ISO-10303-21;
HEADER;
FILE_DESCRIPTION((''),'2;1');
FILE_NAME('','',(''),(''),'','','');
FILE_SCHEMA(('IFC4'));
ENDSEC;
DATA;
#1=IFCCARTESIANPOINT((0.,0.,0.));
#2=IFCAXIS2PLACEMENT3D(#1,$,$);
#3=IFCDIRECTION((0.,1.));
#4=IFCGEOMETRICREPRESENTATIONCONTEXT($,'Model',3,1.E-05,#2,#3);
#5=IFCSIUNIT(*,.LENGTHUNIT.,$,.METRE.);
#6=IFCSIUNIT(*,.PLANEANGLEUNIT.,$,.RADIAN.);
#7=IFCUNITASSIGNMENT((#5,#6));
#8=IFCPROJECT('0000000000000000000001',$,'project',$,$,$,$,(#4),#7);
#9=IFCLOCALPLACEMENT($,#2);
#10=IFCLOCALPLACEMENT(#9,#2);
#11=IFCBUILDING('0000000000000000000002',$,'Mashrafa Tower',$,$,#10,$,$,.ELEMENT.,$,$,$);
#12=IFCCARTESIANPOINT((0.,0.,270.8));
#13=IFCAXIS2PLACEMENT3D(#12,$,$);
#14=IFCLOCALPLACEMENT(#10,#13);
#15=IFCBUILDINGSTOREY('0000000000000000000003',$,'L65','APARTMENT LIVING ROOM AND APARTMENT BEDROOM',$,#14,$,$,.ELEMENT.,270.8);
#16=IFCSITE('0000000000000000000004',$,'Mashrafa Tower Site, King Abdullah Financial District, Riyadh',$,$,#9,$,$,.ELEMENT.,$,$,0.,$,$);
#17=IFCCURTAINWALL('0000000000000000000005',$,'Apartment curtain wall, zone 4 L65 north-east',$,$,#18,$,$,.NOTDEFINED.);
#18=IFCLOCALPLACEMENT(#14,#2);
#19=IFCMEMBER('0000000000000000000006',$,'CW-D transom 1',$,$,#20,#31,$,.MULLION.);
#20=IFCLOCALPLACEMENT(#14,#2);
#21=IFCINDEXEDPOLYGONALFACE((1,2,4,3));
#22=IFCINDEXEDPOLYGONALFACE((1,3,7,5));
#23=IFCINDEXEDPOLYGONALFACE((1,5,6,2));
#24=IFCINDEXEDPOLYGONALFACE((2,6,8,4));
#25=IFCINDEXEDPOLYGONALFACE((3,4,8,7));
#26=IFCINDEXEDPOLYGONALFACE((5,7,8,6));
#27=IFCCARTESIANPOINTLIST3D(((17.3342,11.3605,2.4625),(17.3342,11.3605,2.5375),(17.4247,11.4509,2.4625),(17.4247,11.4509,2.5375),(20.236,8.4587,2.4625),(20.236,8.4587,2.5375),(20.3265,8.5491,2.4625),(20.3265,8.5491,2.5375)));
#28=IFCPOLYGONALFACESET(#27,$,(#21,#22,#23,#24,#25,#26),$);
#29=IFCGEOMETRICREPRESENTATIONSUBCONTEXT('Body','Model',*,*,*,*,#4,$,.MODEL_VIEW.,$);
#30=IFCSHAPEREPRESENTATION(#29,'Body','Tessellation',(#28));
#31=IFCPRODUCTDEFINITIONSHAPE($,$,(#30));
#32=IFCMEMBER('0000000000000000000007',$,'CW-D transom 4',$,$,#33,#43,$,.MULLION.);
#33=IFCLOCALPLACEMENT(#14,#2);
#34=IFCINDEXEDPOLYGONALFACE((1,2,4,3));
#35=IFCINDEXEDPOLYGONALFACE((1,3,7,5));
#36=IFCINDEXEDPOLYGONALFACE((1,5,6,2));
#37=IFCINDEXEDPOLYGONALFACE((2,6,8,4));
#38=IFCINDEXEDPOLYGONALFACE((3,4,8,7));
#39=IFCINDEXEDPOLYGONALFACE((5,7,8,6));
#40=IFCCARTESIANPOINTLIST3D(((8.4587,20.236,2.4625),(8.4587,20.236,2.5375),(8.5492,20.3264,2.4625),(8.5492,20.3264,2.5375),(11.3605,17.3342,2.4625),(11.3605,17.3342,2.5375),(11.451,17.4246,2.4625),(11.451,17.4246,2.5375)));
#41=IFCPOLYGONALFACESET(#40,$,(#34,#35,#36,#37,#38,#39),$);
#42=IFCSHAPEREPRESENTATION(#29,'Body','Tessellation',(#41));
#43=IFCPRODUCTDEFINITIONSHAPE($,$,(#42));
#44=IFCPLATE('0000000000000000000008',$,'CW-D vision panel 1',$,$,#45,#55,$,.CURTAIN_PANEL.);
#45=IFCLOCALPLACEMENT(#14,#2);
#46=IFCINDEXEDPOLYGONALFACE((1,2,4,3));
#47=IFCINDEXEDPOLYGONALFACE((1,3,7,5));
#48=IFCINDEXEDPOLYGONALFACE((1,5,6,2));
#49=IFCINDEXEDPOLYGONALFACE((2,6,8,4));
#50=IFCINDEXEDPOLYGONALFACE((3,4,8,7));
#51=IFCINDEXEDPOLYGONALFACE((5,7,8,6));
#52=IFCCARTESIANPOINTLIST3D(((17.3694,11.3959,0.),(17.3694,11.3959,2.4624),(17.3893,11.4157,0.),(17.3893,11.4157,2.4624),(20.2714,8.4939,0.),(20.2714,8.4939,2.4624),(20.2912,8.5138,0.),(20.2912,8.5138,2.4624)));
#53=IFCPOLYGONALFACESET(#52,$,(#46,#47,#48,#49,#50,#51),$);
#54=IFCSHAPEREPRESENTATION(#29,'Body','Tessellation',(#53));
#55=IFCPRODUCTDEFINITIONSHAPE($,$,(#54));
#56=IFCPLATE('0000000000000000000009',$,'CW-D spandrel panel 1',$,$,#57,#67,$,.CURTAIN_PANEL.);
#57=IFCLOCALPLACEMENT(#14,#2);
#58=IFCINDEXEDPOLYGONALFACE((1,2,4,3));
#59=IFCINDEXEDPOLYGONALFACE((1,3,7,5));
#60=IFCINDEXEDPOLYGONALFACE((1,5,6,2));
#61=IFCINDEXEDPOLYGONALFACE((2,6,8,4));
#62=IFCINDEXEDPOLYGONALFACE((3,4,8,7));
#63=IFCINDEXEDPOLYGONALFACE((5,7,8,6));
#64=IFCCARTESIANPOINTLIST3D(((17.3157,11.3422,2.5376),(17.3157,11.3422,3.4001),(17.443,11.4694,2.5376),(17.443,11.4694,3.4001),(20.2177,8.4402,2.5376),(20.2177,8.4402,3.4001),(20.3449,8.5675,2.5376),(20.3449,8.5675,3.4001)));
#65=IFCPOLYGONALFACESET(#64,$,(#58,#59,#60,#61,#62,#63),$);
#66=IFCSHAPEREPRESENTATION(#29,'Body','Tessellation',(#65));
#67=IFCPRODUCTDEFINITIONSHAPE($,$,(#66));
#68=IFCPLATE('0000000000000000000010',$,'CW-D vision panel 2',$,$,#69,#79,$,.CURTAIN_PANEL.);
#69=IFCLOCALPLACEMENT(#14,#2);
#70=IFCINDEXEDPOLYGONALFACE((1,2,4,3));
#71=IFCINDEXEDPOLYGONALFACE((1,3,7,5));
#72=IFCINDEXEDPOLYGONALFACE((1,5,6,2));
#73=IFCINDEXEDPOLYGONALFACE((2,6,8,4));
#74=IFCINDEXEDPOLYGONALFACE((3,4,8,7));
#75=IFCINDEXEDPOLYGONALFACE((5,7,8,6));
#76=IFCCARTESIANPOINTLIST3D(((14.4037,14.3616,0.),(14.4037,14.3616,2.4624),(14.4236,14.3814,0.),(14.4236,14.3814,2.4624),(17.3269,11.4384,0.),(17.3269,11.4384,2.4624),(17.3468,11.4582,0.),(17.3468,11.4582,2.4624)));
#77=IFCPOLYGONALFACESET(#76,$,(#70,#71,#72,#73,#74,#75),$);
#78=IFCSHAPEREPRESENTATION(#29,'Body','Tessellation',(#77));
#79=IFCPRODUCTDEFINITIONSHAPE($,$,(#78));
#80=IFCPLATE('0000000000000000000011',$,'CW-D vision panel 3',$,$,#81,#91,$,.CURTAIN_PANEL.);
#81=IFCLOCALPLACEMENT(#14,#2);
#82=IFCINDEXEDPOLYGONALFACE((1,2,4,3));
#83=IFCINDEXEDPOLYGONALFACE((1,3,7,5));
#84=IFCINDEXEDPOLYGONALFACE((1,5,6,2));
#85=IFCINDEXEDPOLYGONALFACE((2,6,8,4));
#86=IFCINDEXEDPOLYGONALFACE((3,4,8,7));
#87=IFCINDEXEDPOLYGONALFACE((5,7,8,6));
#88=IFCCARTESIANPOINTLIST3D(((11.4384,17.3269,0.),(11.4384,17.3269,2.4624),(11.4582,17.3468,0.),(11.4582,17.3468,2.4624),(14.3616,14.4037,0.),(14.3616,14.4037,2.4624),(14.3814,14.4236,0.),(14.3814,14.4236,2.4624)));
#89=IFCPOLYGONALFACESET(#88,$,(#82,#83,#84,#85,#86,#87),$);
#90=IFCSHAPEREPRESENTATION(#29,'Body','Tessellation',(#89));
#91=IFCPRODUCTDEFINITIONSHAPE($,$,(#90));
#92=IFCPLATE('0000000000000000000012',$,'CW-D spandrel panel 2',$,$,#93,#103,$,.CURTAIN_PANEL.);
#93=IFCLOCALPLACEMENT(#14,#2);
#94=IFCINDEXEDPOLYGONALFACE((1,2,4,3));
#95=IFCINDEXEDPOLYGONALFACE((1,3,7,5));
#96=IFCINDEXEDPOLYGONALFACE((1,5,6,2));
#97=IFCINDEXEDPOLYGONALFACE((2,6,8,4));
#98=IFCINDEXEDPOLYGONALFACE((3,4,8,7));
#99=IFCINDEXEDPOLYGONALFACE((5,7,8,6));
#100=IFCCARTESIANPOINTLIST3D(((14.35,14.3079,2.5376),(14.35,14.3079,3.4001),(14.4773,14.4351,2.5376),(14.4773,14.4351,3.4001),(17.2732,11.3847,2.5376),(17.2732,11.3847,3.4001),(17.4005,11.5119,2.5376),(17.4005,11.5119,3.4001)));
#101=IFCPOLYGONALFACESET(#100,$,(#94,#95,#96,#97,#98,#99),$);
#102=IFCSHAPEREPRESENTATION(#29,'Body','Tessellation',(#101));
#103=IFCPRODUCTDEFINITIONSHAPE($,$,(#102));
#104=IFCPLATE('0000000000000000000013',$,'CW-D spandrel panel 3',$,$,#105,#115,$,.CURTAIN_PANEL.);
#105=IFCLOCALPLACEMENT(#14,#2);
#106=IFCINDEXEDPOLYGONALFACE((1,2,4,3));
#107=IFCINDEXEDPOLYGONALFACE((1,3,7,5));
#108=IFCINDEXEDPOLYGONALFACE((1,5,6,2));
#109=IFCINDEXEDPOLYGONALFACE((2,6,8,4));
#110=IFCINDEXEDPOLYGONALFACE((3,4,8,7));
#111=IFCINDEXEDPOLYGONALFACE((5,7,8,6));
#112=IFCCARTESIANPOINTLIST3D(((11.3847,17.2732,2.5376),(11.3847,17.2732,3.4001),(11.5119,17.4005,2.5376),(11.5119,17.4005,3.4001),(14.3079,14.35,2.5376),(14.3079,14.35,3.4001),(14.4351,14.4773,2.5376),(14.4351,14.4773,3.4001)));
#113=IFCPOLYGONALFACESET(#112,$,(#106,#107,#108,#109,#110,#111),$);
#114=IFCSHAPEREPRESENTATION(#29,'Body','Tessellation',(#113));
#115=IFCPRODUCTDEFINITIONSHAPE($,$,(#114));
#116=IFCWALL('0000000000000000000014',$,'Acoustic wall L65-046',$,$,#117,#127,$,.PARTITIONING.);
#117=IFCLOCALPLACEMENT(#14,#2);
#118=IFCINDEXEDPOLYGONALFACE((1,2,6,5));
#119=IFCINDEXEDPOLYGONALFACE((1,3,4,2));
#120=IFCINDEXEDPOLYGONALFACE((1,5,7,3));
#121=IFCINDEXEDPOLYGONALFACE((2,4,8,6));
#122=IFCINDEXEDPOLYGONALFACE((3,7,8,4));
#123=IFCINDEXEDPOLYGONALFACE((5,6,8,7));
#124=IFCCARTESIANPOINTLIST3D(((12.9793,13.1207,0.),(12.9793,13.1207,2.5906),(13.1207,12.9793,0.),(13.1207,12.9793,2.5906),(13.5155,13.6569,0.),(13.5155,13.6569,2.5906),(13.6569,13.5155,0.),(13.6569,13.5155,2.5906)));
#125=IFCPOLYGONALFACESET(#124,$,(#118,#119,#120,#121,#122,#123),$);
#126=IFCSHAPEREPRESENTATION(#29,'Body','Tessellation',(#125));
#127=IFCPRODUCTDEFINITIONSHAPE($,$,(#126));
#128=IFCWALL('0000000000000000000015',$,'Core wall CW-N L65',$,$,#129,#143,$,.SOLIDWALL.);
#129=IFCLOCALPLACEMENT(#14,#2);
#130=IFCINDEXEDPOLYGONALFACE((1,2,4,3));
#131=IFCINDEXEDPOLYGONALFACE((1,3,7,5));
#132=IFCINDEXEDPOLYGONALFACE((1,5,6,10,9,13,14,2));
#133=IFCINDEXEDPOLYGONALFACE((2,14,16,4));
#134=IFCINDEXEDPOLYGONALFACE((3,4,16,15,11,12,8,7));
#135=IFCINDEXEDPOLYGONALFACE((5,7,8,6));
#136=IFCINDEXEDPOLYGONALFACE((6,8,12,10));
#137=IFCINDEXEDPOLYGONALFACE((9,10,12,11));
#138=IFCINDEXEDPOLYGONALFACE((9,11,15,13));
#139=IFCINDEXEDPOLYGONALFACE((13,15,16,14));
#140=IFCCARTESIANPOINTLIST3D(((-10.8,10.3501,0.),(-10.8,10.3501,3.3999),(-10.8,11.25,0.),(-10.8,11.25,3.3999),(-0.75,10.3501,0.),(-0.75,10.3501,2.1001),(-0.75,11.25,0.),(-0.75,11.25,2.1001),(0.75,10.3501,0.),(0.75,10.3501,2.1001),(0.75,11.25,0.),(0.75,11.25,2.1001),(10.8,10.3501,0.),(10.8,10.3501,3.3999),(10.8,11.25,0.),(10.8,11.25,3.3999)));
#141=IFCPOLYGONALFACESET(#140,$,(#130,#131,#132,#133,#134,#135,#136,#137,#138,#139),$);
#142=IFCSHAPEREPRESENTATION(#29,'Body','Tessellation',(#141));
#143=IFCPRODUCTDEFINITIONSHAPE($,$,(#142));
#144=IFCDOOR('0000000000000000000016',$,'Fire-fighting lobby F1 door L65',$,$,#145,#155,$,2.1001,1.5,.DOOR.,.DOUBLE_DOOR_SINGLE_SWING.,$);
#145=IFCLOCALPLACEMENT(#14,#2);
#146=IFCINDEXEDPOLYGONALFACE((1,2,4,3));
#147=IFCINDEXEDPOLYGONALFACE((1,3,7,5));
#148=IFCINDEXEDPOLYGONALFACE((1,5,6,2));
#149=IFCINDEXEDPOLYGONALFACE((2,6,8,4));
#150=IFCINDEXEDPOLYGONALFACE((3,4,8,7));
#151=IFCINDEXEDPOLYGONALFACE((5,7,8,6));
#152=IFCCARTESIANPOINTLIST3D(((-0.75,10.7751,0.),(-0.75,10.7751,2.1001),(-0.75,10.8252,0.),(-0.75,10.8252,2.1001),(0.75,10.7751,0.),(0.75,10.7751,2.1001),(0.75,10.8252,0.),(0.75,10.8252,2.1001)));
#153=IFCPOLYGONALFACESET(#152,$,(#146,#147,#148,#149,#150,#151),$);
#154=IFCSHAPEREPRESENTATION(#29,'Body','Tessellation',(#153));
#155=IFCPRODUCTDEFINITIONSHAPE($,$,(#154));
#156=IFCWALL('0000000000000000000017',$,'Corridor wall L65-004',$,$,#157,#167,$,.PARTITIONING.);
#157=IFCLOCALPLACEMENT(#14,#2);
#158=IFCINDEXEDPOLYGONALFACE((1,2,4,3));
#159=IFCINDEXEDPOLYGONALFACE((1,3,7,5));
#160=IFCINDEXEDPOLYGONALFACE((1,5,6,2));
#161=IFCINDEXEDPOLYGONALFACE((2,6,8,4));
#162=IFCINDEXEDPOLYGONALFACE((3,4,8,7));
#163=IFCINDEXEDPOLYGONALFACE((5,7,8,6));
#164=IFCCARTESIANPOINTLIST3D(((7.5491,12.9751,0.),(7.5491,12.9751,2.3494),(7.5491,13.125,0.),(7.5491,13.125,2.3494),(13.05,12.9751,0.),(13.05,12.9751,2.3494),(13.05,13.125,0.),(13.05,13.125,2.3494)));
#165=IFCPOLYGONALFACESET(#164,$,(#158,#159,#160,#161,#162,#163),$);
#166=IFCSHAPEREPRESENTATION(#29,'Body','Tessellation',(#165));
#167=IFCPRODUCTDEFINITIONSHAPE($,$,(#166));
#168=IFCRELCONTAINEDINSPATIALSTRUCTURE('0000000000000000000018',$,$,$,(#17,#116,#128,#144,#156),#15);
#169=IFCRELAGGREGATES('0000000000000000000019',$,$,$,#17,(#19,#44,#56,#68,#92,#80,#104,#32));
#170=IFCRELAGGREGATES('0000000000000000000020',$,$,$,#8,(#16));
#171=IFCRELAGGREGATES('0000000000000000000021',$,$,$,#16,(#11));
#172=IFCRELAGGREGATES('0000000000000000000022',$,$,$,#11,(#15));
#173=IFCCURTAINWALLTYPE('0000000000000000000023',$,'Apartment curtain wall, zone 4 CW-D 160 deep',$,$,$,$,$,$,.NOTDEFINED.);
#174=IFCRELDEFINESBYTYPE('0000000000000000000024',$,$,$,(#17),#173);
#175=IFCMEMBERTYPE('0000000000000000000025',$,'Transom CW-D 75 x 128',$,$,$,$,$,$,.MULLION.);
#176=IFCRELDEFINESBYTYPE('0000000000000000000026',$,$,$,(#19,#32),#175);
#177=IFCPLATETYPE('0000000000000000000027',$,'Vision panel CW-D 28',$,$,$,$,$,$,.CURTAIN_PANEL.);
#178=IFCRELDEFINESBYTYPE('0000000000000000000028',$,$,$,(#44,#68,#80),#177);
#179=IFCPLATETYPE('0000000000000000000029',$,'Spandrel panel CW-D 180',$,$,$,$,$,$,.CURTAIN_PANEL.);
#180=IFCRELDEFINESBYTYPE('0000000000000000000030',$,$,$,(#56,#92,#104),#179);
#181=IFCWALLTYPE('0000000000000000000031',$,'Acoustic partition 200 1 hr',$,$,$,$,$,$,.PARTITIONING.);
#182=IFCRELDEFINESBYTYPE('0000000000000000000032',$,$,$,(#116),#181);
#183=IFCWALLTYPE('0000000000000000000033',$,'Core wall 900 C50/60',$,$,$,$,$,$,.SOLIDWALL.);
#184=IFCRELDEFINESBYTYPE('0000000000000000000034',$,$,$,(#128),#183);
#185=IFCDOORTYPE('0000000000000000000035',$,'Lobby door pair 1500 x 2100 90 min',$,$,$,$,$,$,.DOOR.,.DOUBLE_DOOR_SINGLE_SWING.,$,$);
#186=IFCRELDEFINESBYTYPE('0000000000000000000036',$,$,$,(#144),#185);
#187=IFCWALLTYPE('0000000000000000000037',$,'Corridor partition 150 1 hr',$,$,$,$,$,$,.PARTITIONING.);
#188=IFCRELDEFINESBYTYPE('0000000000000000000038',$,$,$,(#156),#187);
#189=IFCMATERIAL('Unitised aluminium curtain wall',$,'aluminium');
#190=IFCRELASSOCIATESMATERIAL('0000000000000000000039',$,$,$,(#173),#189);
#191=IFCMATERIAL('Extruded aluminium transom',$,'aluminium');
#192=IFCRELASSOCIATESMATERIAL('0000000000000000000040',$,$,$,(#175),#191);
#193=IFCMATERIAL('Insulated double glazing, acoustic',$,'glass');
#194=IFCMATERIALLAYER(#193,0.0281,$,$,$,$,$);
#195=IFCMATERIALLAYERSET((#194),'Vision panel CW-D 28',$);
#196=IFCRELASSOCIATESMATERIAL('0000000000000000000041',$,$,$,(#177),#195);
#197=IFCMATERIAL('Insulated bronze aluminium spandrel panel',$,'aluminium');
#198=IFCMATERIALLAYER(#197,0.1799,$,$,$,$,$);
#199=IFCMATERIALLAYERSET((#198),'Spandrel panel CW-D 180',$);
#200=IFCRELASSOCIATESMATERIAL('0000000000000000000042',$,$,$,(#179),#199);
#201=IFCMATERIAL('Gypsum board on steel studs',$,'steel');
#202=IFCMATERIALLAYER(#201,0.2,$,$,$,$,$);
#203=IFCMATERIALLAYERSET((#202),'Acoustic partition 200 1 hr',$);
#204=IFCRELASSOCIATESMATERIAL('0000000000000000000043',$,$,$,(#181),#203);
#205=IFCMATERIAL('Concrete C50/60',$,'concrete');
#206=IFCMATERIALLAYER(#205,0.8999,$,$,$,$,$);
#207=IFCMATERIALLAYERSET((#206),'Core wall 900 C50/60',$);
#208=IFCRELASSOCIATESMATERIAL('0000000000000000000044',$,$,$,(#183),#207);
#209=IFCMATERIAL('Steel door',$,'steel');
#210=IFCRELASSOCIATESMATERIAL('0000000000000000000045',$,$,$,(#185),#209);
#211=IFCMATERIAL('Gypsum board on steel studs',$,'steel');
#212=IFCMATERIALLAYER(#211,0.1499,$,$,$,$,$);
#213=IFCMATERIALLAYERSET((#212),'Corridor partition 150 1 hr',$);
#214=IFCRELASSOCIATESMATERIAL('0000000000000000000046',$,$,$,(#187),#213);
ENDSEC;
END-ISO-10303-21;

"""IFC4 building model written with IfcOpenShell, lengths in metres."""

from ifc_helpers import new_model, si_unit, direction, frame, frame_2d, origin, origin_2d, place, context, subcontext, project, spatial, rectangle, extrude, source, transform, mapped, material, layer, layer_set, material_profile, profile_set, type_object, type_shapes, element, fill, aggregate, save


model = new_model("IFC4")

# Units and contexts
model_context = context("Model", 3, precision=1e-05, world=origin(), true_north=direction((0.0, 1.0)))
body_context = subcontext(model_context, "Body", "Model", "MODEL_VIEW")
ifc_project = project(units=[si_unit("LENGTHUNIT", "METRE"), si_unit("PLANEANGLEUNIT", "RADIAN")], contexts=[model_context])

# Site, building, storey
site_placement = place(None, origin())
site = spatial("IfcSite", under=ifc_project, at=site_placement, Name="Mashrafa Tower Site, King Abdullah Financial District, Riyadh", CompositionType="ELEMENT", RefElevation=0.0)
building_placement = place(site_placement, origin())
building = spatial("IfcBuilding", under=site, at=building_placement, Name="Mashrafa Tower", CompositionType="ELEMENT")
storey_placement = place(building_placement, frame((0.0, 0.0, 270.8)))
storey = spatial("IfcBuildingStorey", under=building, at=storey_placement, Name="L65", Description="APARTMENT LIVING ROOM AND APARTMENT BEDROOM", CompositionType="ELEMENT", Elevation=270.8)

# Curtain wall, members, plates
ifc_material_1 = material(Name="Unitised aluminium curtain wall", Category="aluminium")
curtain_wall_type = type_object("IfcCurtainWallType", Name="Apartment curtain wall, zone 4 CW-D 160 deep", PredefinedType="NOTDEFINED", material=ifc_material_1)
curtain_wall_placement = place(storey_placement, origin())
curtain_wall = element("IfcCurtainWall", 1, at=curtain_wall_placement, inside=storey, type_object=curtain_wall_type, Name="Apartment curtain wall, zone 4 L65 north-east", PredefinedType="NOTDEFINED")
ifc_material_2 = material(Name="Extruded aluminium transom", Category="aluminium")
ifc_material_profile_1 = material_profile(ifc_material_2, rectangle(XDim=0.1279, YDim=0.075, at=origin_2d()), Name="Transom 75x128")
ifc_profile_set_1 = profile_set([ifc_material_profile_1], Name="Extruded aluminium transom")
member_type_1 = type_object("IfcMemberType", Name="Transom CW-D 75 x 128", PredefinedType="MULLION", material=ifc_profile_set_1)
shared_shape_1 = source(origin(), body_context, "Body", "SweptSolid", [
    extrude(rectangle(XDim=0.1279, YDim=0.075, at=origin_2d()), origin(), (0.0, 0.0, 1.0), 4.1038),
])
member_1_placement = place(storey_placement, frame((20.2812, 8.5039, 2.5), z_axis=(-0.707107, 0.707107, 0.0), x_axis=(-0.707107, -0.707107, 0.0)))
member_1 = element("IfcMember", 2, at=member_1_placement, type_object=member_type_1, Name="CW-D transom 1", PredefinedType="MULLION", context=body_context, shape_type="MappedRepresentation", body=[
    mapped(shared_shape_1, transform((0.0, 0.0, 0.0))),
])
member_2_placement = place(storey_placement, frame((11.4058, 17.3794, 2.5), z_axis=(-0.707107, 0.707107, 0.0), x_axis=(-0.707107, -0.707107, 0.0)))
member_2 = element("IfcMember", 3, at=member_2_placement, type_object=member_type_1, Name="CW-D transom 4", PredefinedType="MULLION", context=body_context, shape_type="MappedRepresentation", body=[
    mapped(shared_shape_1, transform((0.0, 0.0, 0.0))),
])
ifc_material_3 = material(Name="Insulated double glazing, acoustic", Category="glass")
ifc_layer_1 = layer(ifc_material_3, 0.0281)
ifc_layer_set_1 = layer_set([ifc_layer_1], Name="Vision panel CW-D 28")
plate_type_1 = type_object("IfcPlateType", Name="Vision panel CW-D 28", PredefinedType="CURTAIN_PANEL", material=ifc_layer_set_1)
shared_shape_2 = source(origin(), body_context, "Body", "SweptSolid", [
    extrude(rectangle(XDim=4.104, YDim=0.0281, at=origin_2d()), origin(), (0.0, 0.0, 1.0), 2.4624),
])
plate_1_placement = place(storey_placement, frame((18.8303, 9.9548, 0.0), z_axis=(0.0, 0.0, 1.0), x_axis=(-0.707107, 0.707107, 0.0)))
plate_1 = element("IfcPlate", 4, at=plate_1_placement, type_object=plate_type_1, Name="CW-D vision panel 1", PredefinedType="CURTAIN_PANEL", context=body_context, shape_type="MappedRepresentation", body=[
    mapped(shared_shape_2, transform((0.0, 0.0, 0.0))),
])
ifc_material_4 = material(Name="Insulated bronze aluminium spandrel panel", Category="aluminium")
ifc_layer_2 = layer(ifc_material_4, 0.1799)
ifc_layer_set_2 = layer_set([ifc_layer_2], Name="Spandrel panel CW-D 180")
plate_type_2 = type_object("IfcPlateType", Name="Spandrel panel CW-D 180", PredefinedType="CURTAIN_PANEL", material=ifc_layer_set_2)
shared_shape_3 = source(origin(), body_context, "Body", "SweptSolid", [
    extrude(rectangle(XDim=4.104, YDim=0.1799, at=origin_2d()), origin(), (0.0, 0.0, 1.0), 0.8625),
])
plate_2_placement = place(storey_placement, frame((18.8303, 9.9548, 2.5376), z_axis=(0.0, 0.0, 1.0), x_axis=(-0.707107, 0.707107, 0.0)))
plate_2 = element("IfcPlate", 5, at=plate_2_placement, type_object=plate_type_2, Name="CW-D spandrel panel 1", PredefinedType="CURTAIN_PANEL", context=body_context, shape_type="MappedRepresentation", body=[
    mapped(shared_shape_3, transform((0.0, 0.0, 0.0))),
])
shared_shape_4 = source(origin(), body_context, "Body", "SweptSolid", [
    extrude(rectangle(XDim=4.134, YDim=0.0281, at=origin_2d()), origin(), (0.0, 0.0, 1.0), 2.4624),
])
type_shapes(plate_type_1, [shared_shape_2, shared_shape_4])
plate_3_placement = place(storey_placement, frame((15.8752, 12.9099, 0.0), z_axis=(0.0, 0.0, 1.0), x_axis=(-0.707107, 0.707107, 0.0)))
plate_3 = element("IfcPlate", 6, at=plate_3_placement, type_object=plate_type_1, Name="CW-D vision panel 2", PredefinedType="CURTAIN_PANEL", context=body_context, shape_type="MappedRepresentation", body=[
    mapped(shared_shape_4, transform((0.0, 0.0, 0.0))),
])
plate_4_placement = place(storey_placement, frame((12.9099, 15.8752, 0.0), z_axis=(0.0, 0.0, 1.0), x_axis=(-0.707107, 0.707107, 0.0)))
plate_4 = element("IfcPlate", 7, at=plate_4_placement, type_object=plate_type_1, Name="CW-D vision panel 3", PredefinedType="CURTAIN_PANEL", context=body_context, shape_type="MappedRepresentation", body=[
    mapped(shared_shape_4, transform((0.0, 0.0, 0.0))),
])
shared_shape_5 = source(origin(), body_context, "Body", "SweptSolid", [
    extrude(rectangle(XDim=4.134, YDim=0.1799, at=origin_2d()), origin(), (0.0, 0.0, 1.0), 0.8625),
])
type_shapes(plate_type_2, [shared_shape_3, shared_shape_5])
plate_5_placement = place(storey_placement, frame((15.8752, 12.9099, 2.5376), z_axis=(0.0, 0.0, 1.0), x_axis=(-0.707107, 0.707107, 0.0)))
plate_5 = element("IfcPlate", 8, at=plate_5_placement, type_object=plate_type_2, Name="CW-D spandrel panel 2", PredefinedType="CURTAIN_PANEL", context=body_context, shape_type="MappedRepresentation", body=[
    mapped(shared_shape_5, transform((0.0, 0.0, 0.0))),
])
plate_6_placement = place(storey_placement, frame((12.9099, 15.8752, 2.5376), z_axis=(0.0, 0.0, 1.0), x_axis=(-0.707107, 0.707107, 0.0)))
plate_6 = element("IfcPlate", 9, at=plate_6_placement, type_object=plate_type_2, Name="CW-D spandrel panel 3", PredefinedType="CURTAIN_PANEL", context=body_context, shape_type="MappedRepresentation", body=[
    mapped(shared_shape_5, transform((0.0, 0.0, 0.0))),
])
aggregate(curtain_wall, [member_1, plate_1, plate_2, plate_3, plate_5, plate_4, plate_6, member_2])

# Wall
ifc_material_5 = material(Name="Gypsum board on steel studs", Category="steel")
ifc_layer_3 = layer(ifc_material_5, 0.2)
ifc_layer_set_3 = layer_set([ifc_layer_3], Name="Acoustic partition 200 1 hr")
wall_type_1 = type_object("IfcWallType", Name="Acoustic partition 200 1 hr", PredefinedType="PARTITIONING", material=ifc_layer_set_3)
wall_1_placement = place(storey_placement, frame((13.5862, 13.5862, 0.0), z_axis=(0.0, 0.0, 1.0), x_axis=(-0.707107, -0.707107, 0.0)))
element("IfcWall", 10, at=wall_1_placement, inside=storey, type_object=wall_type_1, Name="Acoustic wall L65-046", PredefinedType="PARTITIONING", context=body_context, shape_type="SweptSolid", body=[
    extrude(rectangle(XDim=0.7583, YDim=0.2, at=frame_2d((0.3792, 0.0))), origin(), (0.0, 0.0, 1.0), 2.5906),
])

# Wall, opening, door
ifc_material_6 = material(Name="Concrete C50/60", Category="concrete")
ifc_layer_4 = layer(ifc_material_6, 0.8999)
ifc_layer_set_4 = layer_set([ifc_layer_4], Name="Core wall 900 C50/60")
wall_type_2 = type_object("IfcWallType", Name="Core wall 900 C50/60", PredefinedType="SOLIDWALL", material=ifc_layer_set_4)
wall_2_placement = place(storey_placement, frame((10.8, 10.8, 0.0), z_axis=(0.0, 0.0, 1.0), x_axis=(-1.0, 0.0, 0.0)))
wall_2 = element("IfcWall", 11, at=wall_2_placement, inside=storey, type_object=wall_type_2, Name="Core wall CW-N L65", PredefinedType="SOLIDWALL", context=body_context, shape_type="SweptSolid", body=[
    extrude(rectangle(XDim=21.6001, YDim=0.8999, at=frame_2d((10.8, 0.0))), origin(), (0.0, 0.0, 1.0), 3.3999),
])
opening_placement = place(wall_2_placement, frame((10.05, 0.0, 0.0)))
opening = element("IfcOpeningElement", 12, at=opening_placement, cuts=wall_2, PredefinedType="OPENING", context=body_context, shape_type="SweptSolid", body=[
    extrude(rectangle(XDim=1.5, YDim=2.1001, at=frame_2d((0.75, 1.05))), frame((0.0, 0.46, 0.0), z_axis=(0.0, -1.0, 0.0), x_axis=(1.0, 0.0, 0.0)), (0.0, 0.0, 1.0), 0.9199),
])
ifc_material_7 = material(Name="Steel door", Category="steel")
door_type = type_object("IfcDoorType", Name="Lobby door pair 1500 x 2100 90 min", OperationType="DOUBLE_DOOR_SINGLE_SWING", PredefinedType="DOOR", material=ifc_material_7)
door_placement = place(opening_placement, origin())
door = element("IfcDoor", 13, at=door_placement, inside=storey, type_object=door_type, Name="Fire-fighting lobby F1 door L65", OperationType="DOUBLE_DOOR_SINGLE_SWING", OverallHeight=2.1001, OverallWidth=1.5, PredefinedType="DOOR", context=body_context, shape_type="SweptSolid", body=[
    extrude(rectangle(XDim=1.5, YDim=2.1001, at=frame_2d((0.75, 1.05))), frame((0.0, 0.0249, 0.0), z_axis=(0.0, -1.0, 0.0), x_axis=(1.0, 0.0, 0.0)), (0.0, 0.0, 1.0), 0.05),
])
fill(opening, door)

# Wall
ifc_material_8 = material(Name="Gypsum board on steel studs", Category="steel")
ifc_layer_5 = layer(ifc_material_8, 0.1499)
ifc_layer_set_5 = layer_set([ifc_layer_5], Name="Corridor partition 150 1 hr")
wall_type_3 = type_object("IfcWallType", Name="Corridor partition 150 1 hr", PredefinedType="PARTITIONING", material=ifc_layer_set_5)
wall_3_placement = place(storey_placement, frame((13.05, 13.05, 0.0), z_axis=(0.0, 0.0, 1.0), x_axis=(-1.0, 0.0, 0.0)))
element("IfcWall", 14, at=wall_3_placement, inside=storey, type_object=wall_type_3, Name="Corridor wall L65-004", PredefinedType="PARTITIONING", context=body_context, shape_type="SweptSolid", body=[
    extrude(rectangle(XDim=5.501, YDim=0.1499, at=frame_2d((2.7505, 0.0))), origin(), (0.0, 0.0, 1.0), 2.3494),
])

save(model, "model.ifc")
